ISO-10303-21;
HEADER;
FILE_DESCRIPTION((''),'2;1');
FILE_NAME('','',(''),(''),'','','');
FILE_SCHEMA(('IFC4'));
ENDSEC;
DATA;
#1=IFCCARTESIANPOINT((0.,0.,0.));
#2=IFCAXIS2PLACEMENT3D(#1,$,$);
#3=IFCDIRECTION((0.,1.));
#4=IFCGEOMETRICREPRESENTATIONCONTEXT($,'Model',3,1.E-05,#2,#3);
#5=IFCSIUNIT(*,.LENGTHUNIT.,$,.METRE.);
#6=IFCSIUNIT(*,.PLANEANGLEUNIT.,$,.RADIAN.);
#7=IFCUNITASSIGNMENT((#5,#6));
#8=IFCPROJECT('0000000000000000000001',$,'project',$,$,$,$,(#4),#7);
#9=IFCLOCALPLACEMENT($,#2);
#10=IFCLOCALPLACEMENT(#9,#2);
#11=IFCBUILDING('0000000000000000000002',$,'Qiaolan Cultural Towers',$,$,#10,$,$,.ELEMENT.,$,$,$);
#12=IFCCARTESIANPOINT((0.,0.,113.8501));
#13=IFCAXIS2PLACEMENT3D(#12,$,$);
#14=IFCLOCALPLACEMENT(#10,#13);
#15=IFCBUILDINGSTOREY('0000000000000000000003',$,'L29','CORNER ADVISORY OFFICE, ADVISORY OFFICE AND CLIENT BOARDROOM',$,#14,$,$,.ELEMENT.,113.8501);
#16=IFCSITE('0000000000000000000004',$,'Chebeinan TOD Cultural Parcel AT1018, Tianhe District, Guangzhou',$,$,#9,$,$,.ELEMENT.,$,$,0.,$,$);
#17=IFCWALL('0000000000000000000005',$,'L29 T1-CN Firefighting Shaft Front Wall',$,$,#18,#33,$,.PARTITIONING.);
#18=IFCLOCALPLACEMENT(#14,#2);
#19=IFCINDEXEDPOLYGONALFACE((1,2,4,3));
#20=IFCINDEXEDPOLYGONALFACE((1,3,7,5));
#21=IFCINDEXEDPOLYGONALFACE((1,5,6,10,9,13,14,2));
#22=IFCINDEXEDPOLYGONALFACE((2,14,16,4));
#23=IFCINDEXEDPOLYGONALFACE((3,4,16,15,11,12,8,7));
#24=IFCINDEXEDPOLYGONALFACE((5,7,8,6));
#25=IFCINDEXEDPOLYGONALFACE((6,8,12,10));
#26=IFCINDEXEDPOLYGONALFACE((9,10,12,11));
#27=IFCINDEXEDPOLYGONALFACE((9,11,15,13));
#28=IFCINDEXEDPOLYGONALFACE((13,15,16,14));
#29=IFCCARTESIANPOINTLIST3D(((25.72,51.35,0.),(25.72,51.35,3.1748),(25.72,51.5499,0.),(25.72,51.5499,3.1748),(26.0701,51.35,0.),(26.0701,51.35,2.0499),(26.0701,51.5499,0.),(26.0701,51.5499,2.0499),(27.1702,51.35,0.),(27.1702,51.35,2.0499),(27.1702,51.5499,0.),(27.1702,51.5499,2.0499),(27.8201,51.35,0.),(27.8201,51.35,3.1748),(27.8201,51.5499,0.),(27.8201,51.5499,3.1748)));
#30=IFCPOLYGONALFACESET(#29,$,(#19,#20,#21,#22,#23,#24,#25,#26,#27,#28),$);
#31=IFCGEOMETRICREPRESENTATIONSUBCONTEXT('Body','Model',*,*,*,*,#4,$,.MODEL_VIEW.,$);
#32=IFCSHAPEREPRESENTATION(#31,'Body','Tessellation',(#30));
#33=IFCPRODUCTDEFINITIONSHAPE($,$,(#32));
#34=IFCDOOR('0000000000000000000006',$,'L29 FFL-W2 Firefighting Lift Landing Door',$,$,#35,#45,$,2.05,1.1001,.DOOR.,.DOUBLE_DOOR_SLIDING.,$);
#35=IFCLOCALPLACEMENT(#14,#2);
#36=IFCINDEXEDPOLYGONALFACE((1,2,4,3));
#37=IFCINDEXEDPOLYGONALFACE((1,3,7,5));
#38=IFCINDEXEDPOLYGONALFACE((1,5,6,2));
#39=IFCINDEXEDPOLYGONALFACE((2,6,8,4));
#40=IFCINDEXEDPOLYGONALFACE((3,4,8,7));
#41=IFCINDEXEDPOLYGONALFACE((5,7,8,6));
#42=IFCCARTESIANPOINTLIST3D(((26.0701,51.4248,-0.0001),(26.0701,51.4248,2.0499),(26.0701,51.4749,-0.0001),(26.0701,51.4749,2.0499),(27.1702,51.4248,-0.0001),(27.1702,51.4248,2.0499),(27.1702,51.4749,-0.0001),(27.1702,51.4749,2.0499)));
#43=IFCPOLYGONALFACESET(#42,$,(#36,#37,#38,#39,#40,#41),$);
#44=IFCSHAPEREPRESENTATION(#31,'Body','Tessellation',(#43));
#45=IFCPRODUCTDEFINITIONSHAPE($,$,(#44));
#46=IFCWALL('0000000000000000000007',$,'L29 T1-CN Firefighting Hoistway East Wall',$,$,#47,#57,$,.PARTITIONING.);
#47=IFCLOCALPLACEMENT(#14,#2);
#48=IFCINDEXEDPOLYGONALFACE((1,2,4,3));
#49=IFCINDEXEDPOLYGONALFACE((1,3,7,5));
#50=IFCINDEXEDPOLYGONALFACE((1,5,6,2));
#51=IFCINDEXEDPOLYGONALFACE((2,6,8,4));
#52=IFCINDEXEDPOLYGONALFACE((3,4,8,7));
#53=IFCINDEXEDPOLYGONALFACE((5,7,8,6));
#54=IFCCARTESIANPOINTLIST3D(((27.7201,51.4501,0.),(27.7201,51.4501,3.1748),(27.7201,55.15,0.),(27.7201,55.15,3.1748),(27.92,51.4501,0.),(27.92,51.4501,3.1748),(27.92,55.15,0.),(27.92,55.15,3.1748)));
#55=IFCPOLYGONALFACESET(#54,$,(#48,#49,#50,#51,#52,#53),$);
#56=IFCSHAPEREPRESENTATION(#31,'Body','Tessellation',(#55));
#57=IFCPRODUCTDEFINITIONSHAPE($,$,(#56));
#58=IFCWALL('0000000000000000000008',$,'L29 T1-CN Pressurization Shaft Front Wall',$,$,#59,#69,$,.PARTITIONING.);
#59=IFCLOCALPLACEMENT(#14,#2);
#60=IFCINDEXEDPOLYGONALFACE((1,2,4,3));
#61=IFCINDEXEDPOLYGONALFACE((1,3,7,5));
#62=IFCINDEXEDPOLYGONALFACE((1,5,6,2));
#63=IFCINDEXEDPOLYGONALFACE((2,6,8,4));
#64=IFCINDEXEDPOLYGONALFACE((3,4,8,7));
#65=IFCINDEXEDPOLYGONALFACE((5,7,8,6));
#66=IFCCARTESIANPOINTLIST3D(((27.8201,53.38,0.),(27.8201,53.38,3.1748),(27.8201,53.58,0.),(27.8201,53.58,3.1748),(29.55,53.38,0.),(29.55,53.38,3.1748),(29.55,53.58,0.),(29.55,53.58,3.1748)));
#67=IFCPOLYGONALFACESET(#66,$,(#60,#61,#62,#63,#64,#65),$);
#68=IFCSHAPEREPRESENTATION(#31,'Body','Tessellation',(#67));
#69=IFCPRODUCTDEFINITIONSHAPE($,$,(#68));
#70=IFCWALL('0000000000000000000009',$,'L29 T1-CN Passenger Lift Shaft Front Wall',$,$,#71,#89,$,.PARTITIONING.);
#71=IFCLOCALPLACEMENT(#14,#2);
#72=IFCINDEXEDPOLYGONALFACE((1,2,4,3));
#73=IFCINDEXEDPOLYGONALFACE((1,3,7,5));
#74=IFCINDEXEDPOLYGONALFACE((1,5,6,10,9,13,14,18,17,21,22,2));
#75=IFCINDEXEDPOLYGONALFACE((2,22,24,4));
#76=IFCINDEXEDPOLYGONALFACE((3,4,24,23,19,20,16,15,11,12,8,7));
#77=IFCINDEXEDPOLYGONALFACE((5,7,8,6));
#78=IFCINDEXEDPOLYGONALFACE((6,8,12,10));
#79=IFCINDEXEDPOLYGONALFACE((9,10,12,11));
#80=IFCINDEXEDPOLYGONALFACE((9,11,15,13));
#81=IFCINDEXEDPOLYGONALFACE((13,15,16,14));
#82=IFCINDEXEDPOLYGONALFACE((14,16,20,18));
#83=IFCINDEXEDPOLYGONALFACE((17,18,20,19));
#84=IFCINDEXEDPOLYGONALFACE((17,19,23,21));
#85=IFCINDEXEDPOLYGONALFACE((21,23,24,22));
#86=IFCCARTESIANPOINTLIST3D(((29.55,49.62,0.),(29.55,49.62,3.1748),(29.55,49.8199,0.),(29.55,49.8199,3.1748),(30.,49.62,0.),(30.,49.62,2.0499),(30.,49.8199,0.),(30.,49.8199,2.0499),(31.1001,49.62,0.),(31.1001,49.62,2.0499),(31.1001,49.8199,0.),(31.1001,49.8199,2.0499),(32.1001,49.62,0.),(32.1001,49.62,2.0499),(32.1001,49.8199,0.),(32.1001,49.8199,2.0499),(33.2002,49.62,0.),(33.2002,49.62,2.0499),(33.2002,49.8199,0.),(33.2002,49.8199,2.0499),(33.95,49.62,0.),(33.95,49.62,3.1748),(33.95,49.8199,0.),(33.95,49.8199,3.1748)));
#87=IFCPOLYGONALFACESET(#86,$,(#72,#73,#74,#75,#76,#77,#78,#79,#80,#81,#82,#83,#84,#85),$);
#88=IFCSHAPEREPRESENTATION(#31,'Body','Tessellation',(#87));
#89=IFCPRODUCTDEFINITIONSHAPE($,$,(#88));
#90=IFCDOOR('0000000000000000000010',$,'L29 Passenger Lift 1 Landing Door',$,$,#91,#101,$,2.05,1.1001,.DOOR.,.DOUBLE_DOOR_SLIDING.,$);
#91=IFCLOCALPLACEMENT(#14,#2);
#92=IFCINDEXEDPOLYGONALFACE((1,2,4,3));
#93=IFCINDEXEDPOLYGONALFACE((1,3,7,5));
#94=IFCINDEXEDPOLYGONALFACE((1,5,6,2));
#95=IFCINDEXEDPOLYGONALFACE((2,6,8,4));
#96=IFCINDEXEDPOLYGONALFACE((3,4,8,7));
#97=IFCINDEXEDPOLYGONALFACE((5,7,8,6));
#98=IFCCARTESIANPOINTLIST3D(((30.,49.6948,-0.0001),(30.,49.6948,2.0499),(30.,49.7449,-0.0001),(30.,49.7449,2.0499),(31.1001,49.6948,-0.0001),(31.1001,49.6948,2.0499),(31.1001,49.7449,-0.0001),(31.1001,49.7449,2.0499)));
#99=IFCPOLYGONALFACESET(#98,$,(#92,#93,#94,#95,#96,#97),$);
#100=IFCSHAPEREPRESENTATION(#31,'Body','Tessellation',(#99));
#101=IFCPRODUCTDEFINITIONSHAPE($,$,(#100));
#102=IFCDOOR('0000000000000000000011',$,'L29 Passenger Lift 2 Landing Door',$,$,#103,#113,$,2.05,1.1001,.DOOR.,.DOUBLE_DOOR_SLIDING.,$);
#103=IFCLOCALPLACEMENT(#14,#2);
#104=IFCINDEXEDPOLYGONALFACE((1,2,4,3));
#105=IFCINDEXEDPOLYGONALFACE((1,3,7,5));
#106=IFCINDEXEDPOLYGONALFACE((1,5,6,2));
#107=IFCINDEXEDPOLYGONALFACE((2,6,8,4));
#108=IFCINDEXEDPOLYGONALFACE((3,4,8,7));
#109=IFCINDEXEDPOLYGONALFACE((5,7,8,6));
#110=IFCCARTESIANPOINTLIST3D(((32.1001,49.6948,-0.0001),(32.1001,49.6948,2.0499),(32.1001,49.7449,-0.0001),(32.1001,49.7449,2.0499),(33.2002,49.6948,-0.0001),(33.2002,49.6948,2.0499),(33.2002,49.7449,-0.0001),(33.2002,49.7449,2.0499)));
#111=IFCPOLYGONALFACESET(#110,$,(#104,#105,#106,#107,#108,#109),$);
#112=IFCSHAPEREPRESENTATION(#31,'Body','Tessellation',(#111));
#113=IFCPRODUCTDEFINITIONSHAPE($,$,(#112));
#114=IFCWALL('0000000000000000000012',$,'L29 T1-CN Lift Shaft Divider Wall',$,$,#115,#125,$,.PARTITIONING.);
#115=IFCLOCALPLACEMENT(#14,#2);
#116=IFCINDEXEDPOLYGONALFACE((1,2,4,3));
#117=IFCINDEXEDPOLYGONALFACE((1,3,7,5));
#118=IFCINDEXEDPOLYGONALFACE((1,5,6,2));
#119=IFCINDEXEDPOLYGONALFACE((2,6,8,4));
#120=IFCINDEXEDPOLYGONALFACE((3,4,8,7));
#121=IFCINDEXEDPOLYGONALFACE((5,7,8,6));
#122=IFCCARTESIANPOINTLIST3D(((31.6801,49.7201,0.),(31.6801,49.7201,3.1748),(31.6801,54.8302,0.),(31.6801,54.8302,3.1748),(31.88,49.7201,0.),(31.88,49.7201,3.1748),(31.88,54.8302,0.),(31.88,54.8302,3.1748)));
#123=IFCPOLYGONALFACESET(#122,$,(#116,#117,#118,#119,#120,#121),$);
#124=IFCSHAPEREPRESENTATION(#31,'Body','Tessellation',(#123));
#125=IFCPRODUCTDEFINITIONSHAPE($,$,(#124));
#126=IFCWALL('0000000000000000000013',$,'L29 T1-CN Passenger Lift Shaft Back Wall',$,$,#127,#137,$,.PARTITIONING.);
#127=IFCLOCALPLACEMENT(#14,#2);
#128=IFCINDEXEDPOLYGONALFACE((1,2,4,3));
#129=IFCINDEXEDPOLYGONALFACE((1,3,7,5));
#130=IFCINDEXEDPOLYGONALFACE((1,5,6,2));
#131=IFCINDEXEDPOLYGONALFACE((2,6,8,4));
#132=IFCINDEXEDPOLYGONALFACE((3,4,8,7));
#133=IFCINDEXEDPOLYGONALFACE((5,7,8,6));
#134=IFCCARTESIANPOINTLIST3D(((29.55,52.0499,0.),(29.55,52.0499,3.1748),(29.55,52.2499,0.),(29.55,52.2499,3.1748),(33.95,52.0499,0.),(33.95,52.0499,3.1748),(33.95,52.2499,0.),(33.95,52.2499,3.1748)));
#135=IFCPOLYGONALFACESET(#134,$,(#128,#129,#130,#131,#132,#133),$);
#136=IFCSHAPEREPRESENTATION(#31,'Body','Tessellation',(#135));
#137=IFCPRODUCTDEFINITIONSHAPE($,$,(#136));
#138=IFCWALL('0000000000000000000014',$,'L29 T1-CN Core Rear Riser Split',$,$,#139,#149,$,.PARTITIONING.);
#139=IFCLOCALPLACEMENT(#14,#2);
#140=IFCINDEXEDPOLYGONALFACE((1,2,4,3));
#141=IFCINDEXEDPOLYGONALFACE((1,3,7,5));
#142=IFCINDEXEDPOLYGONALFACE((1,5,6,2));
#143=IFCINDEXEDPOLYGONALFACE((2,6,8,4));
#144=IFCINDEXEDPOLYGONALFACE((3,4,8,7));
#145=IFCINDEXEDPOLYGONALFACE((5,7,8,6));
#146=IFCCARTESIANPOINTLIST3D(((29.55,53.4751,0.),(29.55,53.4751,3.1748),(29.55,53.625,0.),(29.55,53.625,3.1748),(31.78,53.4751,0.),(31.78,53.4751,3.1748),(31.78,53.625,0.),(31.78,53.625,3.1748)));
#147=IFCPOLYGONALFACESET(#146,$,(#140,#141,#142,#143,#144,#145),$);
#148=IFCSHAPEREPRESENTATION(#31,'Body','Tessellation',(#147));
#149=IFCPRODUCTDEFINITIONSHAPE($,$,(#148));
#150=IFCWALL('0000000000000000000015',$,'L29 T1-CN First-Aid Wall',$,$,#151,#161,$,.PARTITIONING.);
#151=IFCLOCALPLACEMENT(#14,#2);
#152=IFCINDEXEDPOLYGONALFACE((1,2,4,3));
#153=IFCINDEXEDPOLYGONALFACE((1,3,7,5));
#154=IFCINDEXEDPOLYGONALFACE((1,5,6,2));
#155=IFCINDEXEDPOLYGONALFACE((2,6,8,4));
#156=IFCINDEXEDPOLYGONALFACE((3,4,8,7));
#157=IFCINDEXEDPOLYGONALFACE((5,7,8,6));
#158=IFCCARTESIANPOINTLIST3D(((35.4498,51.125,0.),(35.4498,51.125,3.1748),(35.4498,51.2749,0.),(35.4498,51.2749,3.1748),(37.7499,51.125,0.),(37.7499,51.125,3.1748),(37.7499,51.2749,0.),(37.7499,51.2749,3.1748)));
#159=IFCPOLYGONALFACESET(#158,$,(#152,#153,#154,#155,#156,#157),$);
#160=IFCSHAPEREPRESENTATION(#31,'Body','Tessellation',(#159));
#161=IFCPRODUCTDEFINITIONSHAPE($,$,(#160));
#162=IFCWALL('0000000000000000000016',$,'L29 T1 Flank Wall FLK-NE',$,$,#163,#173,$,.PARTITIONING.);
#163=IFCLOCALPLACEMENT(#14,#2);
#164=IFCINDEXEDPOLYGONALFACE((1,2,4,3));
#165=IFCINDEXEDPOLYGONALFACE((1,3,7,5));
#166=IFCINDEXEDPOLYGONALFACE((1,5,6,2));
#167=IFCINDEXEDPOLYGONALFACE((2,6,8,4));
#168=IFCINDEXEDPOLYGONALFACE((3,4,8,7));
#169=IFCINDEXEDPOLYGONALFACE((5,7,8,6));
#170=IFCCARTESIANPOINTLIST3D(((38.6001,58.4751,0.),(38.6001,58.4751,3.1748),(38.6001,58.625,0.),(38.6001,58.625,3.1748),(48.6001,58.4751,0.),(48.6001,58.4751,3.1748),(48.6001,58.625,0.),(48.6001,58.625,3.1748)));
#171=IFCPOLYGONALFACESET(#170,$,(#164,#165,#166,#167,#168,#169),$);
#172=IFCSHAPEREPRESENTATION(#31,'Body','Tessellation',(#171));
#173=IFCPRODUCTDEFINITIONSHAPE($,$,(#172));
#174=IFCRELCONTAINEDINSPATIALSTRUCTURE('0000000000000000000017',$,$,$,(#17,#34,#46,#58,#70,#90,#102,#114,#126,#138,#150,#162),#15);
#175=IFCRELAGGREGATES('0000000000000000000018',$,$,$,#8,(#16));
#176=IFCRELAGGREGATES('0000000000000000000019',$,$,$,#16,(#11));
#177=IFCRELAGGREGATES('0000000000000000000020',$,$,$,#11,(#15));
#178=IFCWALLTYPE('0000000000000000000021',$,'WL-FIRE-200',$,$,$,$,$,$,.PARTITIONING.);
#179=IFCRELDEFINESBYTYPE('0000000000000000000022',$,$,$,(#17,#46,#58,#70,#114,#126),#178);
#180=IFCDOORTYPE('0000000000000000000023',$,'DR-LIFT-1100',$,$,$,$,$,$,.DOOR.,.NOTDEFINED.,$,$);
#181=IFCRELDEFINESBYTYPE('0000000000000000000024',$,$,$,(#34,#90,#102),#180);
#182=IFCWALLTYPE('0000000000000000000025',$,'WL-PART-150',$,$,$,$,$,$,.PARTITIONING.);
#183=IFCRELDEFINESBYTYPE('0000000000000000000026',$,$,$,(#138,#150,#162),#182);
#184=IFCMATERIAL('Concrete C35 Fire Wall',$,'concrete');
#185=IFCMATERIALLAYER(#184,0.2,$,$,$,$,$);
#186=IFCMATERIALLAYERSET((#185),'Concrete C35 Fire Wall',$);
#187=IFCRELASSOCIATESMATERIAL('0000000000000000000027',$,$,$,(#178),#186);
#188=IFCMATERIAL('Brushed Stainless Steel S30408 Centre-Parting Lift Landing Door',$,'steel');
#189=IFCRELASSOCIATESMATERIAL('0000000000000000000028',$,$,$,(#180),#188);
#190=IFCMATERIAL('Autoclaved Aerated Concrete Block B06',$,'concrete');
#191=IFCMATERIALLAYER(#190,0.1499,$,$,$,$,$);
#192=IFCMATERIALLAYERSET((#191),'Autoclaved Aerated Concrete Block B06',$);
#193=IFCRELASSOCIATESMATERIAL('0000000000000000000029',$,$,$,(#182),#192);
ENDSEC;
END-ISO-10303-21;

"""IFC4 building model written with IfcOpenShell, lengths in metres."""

from ifc_helpers import new_model, si_unit, direction, frame, frame_2d, origin, place, context, subcontext, project, spatial, rectangle, extrude, material, layer, layer_set, type_object, element, fill, save


model = new_model("IFC4")

# Units and contexts
model_context = context("Model", 3, precision=1e-05, world=origin(), true_north=direction((0.0, 1.0)))
body_context = subcontext(model_context, "Body", "Model", "MODEL_VIEW")
ifc_project = project(units=[si_unit("LENGTHUNIT", "METRE"), si_unit("PLANEANGLEUNIT", "RADIAN")], contexts=[model_context])

# Site, building, storey
site_placement = place(None, origin())
site = spatial("IfcSite", under=ifc_project, at=site_placement, Name="Chebeinan TOD Cultural Parcel AT1018, Tianhe District, Guangzhou", CompositionType="ELEMENT", RefElevation=0.0)
building_placement = place(site_placement, origin())
building = spatial("IfcBuilding", under=site, at=building_placement, Name="Qiaolan Cultural Towers", CompositionType="ELEMENT")
storey_placement = place(building_placement, frame((0.0, 0.0, 113.8501)))
storey = spatial("IfcBuildingStorey", under=building, at=storey_placement, Name="L29", Description="CORNER ADVISORY OFFICE, ADVISORY OFFICE AND CLIENT BOARDROOM", CompositionType="ELEMENT", Elevation=113.8501)

# Wall, opening, door
ifc_material_1 = material(Name="Concrete C35 Fire Wall", Category="concrete")
ifc_layer_1 = layer(ifc_material_1, 0.2)
ifc_layer_set_1 = layer_set([ifc_layer_1], Name="Concrete C35 Fire Wall")
wall_type_1 = type_object("IfcWallType", Name="WL-FIRE-200", PredefinedType="PARTITIONING", material=ifc_layer_set_1)
wall_1_placement = place(storey_placement, frame((25.72, 51.45, 0.0), z_axis=(0.0, 0.0, 1.0), x_axis=(1.0, 0.0, 0.0)))
wall_1 = element("IfcWall", 1, at=wall_1_placement, inside=storey, type_object=wall_type_1, Name="L29 T1-CN Firefighting Shaft Front Wall", PredefinedType="PARTITIONING", context=body_context, shape_type="SweptSolid", body=[
    extrude(rectangle(XDim=2.1001, YDim=0.2, at=frame_2d((1.05, 0.0))), origin(), (0.0, 0.0, 1.0), 3.1748),
])
opening_1_placement = place(wall_1_placement, frame((0.3501, 0.0, 0.0)))
opening_1 = element("IfcOpeningElement", 2, at=opening_1_placement, cuts=wall_1, PredefinedType="OPENING", context=body_context, shape_type="SweptSolid", body=[
    extrude(rectangle(XDim=1.1001, YDim=2.05, at=frame_2d((0.55, 1.0249))), frame((0.0, 0.1099, 0.0), z_axis=(0.0, -1.0, 0.0), x_axis=(1.0, 0.0, 0.0)), (0.0, 0.0, 1.0), 0.22),
])
ifc_material_2 = material(Name="Brushed Stainless Steel S30408 Centre-Parting Lift Landing Door", Category="steel")
door_type = type_object("IfcDoorType", Name="DR-LIFT-1100", OperationType="NOTDEFINED", PredefinedType="DOOR", material=ifc_material_2)
door_1_placement = place(opening_1_placement, origin())
door_1 = element("IfcDoor", 3, at=door_1_placement, inside=storey, type_object=door_type, Name="L29 FFL-W2 Firefighting Lift Landing Door", OperationType="DOUBLE_DOOR_SLIDING", OverallHeight=2.05, OverallWidth=1.1001, PredefinedType="DOOR", context=body_context, shape_type="SweptSolid", body=[
    extrude(rectangle(XDim=1.1001, YDim=2.05, at=frame_2d((0.55, 1.0249))), frame((0.0, 0.0249, 0.0), z_axis=(0.0, -1.0, 0.0), x_axis=(1.0, 0.0, 0.0)), (0.0, 0.0, 1.0), 0.05),
])
fill(opening_1, door_1)

# Walls
wall_2_placement = place(storey_placement, frame((27.8201, 51.45, 0.0), z_axis=(0.0, 0.0, 1.0), x_axis=(0.0, 1.0, 0.0)))
element("IfcWall", 4, at=wall_2_placement, inside=storey, type_object=wall_type_1, Name="L29 T1-CN Firefighting Hoistway East Wall", PredefinedType="PARTITIONING", context=body_context, shape_type="SweptSolid", body=[
    extrude(rectangle(XDim=3.7, YDim=0.2, at=frame_2d((1.8501, 0.0))), origin(), (0.0, 0.0, 1.0), 3.1748),
])
wall_3_placement = place(storey_placement, frame((27.8201, 53.48, 0.0), z_axis=(0.0, 0.0, 1.0), x_axis=(1.0, 0.0, 0.0)))
element("IfcWall", 5, at=wall_3_placement, inside=storey, type_object=wall_type_1, Name="L29 T1-CN Pressurization Shaft Front Wall", PredefinedType="PARTITIONING", context=body_context, shape_type="SweptSolid", body=[
    extrude(rectangle(XDim=1.73, YDim=0.2, at=frame_2d((0.865, 0.0))), origin(), (0.0, 0.0, 1.0), 3.1748),
])

# Wall, openings, doors
wall_4_placement = place(storey_placement, frame((29.55, 49.72, 0.0), z_axis=(0.0, 0.0, 1.0), x_axis=(1.0, 0.0, 0.0)))
wall_4 = element("IfcWall", 6, at=wall_4_placement, inside=storey, type_object=wall_type_1, Name="L29 T1-CN Passenger Lift Shaft Front Wall", PredefinedType="PARTITIONING", context=body_context, shape_type="SweptSolid", body=[
    extrude(rectangle(XDim=4.3999, YDim=0.2, at=frame_2d((2.2, 0.0))), origin(), (0.0, 0.0, 1.0), 3.1748),
])
opening_2_placement = place(wall_4_placement, frame((0.45, 0.0, 0.0)))
opening_2 = element("IfcOpeningElement", 7, at=opening_2_placement, cuts=wall_4, PredefinedType="OPENING", context=body_context, shape_type="SweptSolid", body=[
    extrude(rectangle(XDim=1.1001, YDim=2.05, at=frame_2d((0.55, 1.0249))), frame((0.0, 0.1099, 0.0), z_axis=(0.0, -1.0, 0.0), x_axis=(1.0, 0.0, 0.0)), (0.0, 0.0, 1.0), 0.22),
])
opening_3_placement = place(wall_4_placement, frame((2.55, 0.0, 0.0)))
opening_3 = element("IfcOpeningElement", 8, at=opening_3_placement, cuts=wall_4, PredefinedType="OPENING", context=body_context, shape_type="SweptSolid", body=[
    extrude(rectangle(XDim=1.1001, YDim=2.05, at=frame_2d((0.55, 1.0249))), frame((0.0, 0.1099, 0.0), z_axis=(0.0, -1.0, 0.0), x_axis=(1.0, 0.0, 0.0)), (0.0, 0.0, 1.0), 0.22),
])
door_2_placement = place(opening_2_placement, origin())
door_2 = element("IfcDoor", 9, at=door_2_placement, inside=storey, type_object=door_type, Name="L29 Passenger Lift 1 Landing Door", OperationType="DOUBLE_DOOR_SLIDING", OverallHeight=2.05, OverallWidth=1.1001, PredefinedType="DOOR", context=body_context, shape_type="SweptSolid", body=[
    extrude(rectangle(XDim=1.1001, YDim=2.05, at=frame_2d((0.55, 1.0249))), frame((0.0, 0.0249, 0.0), z_axis=(0.0, -1.0, 0.0), x_axis=(1.0, 0.0, 0.0)), (0.0, 0.0, 1.0), 0.05),
])
fill(opening_2, door_2)
door_3_placement = place(opening_3_placement, origin())
door_3 = element("IfcDoor", 10, at=door_3_placement, inside=storey, type_object=door_type, Name="L29 Passenger Lift 2 Landing Door", OperationType="DOUBLE_DOOR_SLIDING", OverallHeight=2.05, OverallWidth=1.1001, PredefinedType="DOOR", context=body_context, shape_type="SweptSolid", body=[
    extrude(rectangle(XDim=1.1001, YDim=2.05, at=frame_2d((0.55, 1.0249))), frame((0.0, 0.0249, 0.0), z_axis=(0.0, -1.0, 0.0), x_axis=(1.0, 0.0, 0.0)), (0.0, 0.0, 1.0), 0.05),
])
fill(opening_3, door_3)

# Walls
wall_5_placement = place(storey_placement, frame((31.78, 49.72, 0.0), z_axis=(0.0, 0.0, 1.0), x_axis=(0.0, 1.0, 0.0)))
element("IfcWall", 11, at=wall_5_placement, inside=storey, type_object=wall_type_1, Name="L29 T1-CN Lift Shaft Divider Wall", PredefinedType="PARTITIONING", context=body_context, shape_type="SweptSolid", body=[
    extrude(rectangle(XDim=5.1101, YDim=0.2, at=frame_2d((2.5552, 0.0))), origin(), (0.0, 0.0, 1.0), 3.1748),
])
wall_6_placement = place(storey_placement, frame((29.55, 52.1499, 0.0), z_axis=(0.0, 0.0, 1.0), x_axis=(1.0, 0.0, 0.0)))
element("IfcWall", 12, at=wall_6_placement, inside=storey, type_object=wall_type_1, Name="L29 T1-CN Passenger Lift Shaft Back Wall", PredefinedType="PARTITIONING", context=body_context, shape_type="SweptSolid", body=[
    extrude(rectangle(XDim=4.3999, YDim=0.2, at=frame_2d((2.2, 0.0))), origin(), (0.0, 0.0, 1.0), 3.1748),
])
ifc_material_3 = material(Name="Autoclaved Aerated Concrete Block B06", Category="concrete")
ifc_layer_2 = layer(ifc_material_3, 0.1499)
ifc_layer_set_2 = layer_set([ifc_layer_2], Name="Autoclaved Aerated Concrete Block B06")
wall_type_2 = type_object("IfcWallType", Name="WL-PART-150", PredefinedType="PARTITIONING", material=ifc_layer_set_2)
wall_7_placement = place(storey_placement, frame((29.55, 53.55, 0.0), z_axis=(0.0, 0.0, 1.0), x_axis=(1.0, 0.0, 0.0)))
element("IfcWall", 13, at=wall_7_placement, inside=storey, type_object=wall_type_2, Name="L29 T1-CN Core Rear Riser Split", PredefinedType="PARTITIONING", context=body_context, shape_type="SweptSolid", body=[
    extrude(rectangle(XDim=2.23, YDim=0.1499, at=frame_2d((1.115, 0.0))), origin(), (0.0, 0.0, 1.0), 3.1748),
])
wall_8_placement = place(storey_placement, frame((35.45, 51.2, 0.0), z_axis=(0.0, 0.0, 1.0), x_axis=(1.0, 0.0, 0.0)))
element("IfcWall", 14, at=wall_8_placement, inside=storey, type_object=wall_type_2, Name="L29 T1-CN First-Aid Wall", PredefinedType="PARTITIONING", context=body_context, shape_type="SweptSolid", body=[
    extrude(rectangle(XDim=2.3, YDim=0.1499, at=frame_2d((1.1499, 0.0))), origin(), (0.0, 0.0, 1.0), 3.1748),
])
wall_9_placement = place(storey_placement, frame((38.6001, 58.55, 0.0), z_axis=(0.0, 0.0, 1.0), x_axis=(1.0, 0.0, 0.0)))
element("IfcWall", 15, at=wall_9_placement, inside=storey, type_object=wall_type_2, Name="L29 T1 Flank Wall FLK-NE", PredefinedType="PARTITIONING", context=body_context, shape_type="SweptSolid", body=[
    extrude(rectangle(XDim=10.0, YDim=0.1499, at=frame_2d((5.0, 0.0))), origin(), (0.0, 0.0, 1.0), 3.1748),
])

save(model, "model.ifc")
